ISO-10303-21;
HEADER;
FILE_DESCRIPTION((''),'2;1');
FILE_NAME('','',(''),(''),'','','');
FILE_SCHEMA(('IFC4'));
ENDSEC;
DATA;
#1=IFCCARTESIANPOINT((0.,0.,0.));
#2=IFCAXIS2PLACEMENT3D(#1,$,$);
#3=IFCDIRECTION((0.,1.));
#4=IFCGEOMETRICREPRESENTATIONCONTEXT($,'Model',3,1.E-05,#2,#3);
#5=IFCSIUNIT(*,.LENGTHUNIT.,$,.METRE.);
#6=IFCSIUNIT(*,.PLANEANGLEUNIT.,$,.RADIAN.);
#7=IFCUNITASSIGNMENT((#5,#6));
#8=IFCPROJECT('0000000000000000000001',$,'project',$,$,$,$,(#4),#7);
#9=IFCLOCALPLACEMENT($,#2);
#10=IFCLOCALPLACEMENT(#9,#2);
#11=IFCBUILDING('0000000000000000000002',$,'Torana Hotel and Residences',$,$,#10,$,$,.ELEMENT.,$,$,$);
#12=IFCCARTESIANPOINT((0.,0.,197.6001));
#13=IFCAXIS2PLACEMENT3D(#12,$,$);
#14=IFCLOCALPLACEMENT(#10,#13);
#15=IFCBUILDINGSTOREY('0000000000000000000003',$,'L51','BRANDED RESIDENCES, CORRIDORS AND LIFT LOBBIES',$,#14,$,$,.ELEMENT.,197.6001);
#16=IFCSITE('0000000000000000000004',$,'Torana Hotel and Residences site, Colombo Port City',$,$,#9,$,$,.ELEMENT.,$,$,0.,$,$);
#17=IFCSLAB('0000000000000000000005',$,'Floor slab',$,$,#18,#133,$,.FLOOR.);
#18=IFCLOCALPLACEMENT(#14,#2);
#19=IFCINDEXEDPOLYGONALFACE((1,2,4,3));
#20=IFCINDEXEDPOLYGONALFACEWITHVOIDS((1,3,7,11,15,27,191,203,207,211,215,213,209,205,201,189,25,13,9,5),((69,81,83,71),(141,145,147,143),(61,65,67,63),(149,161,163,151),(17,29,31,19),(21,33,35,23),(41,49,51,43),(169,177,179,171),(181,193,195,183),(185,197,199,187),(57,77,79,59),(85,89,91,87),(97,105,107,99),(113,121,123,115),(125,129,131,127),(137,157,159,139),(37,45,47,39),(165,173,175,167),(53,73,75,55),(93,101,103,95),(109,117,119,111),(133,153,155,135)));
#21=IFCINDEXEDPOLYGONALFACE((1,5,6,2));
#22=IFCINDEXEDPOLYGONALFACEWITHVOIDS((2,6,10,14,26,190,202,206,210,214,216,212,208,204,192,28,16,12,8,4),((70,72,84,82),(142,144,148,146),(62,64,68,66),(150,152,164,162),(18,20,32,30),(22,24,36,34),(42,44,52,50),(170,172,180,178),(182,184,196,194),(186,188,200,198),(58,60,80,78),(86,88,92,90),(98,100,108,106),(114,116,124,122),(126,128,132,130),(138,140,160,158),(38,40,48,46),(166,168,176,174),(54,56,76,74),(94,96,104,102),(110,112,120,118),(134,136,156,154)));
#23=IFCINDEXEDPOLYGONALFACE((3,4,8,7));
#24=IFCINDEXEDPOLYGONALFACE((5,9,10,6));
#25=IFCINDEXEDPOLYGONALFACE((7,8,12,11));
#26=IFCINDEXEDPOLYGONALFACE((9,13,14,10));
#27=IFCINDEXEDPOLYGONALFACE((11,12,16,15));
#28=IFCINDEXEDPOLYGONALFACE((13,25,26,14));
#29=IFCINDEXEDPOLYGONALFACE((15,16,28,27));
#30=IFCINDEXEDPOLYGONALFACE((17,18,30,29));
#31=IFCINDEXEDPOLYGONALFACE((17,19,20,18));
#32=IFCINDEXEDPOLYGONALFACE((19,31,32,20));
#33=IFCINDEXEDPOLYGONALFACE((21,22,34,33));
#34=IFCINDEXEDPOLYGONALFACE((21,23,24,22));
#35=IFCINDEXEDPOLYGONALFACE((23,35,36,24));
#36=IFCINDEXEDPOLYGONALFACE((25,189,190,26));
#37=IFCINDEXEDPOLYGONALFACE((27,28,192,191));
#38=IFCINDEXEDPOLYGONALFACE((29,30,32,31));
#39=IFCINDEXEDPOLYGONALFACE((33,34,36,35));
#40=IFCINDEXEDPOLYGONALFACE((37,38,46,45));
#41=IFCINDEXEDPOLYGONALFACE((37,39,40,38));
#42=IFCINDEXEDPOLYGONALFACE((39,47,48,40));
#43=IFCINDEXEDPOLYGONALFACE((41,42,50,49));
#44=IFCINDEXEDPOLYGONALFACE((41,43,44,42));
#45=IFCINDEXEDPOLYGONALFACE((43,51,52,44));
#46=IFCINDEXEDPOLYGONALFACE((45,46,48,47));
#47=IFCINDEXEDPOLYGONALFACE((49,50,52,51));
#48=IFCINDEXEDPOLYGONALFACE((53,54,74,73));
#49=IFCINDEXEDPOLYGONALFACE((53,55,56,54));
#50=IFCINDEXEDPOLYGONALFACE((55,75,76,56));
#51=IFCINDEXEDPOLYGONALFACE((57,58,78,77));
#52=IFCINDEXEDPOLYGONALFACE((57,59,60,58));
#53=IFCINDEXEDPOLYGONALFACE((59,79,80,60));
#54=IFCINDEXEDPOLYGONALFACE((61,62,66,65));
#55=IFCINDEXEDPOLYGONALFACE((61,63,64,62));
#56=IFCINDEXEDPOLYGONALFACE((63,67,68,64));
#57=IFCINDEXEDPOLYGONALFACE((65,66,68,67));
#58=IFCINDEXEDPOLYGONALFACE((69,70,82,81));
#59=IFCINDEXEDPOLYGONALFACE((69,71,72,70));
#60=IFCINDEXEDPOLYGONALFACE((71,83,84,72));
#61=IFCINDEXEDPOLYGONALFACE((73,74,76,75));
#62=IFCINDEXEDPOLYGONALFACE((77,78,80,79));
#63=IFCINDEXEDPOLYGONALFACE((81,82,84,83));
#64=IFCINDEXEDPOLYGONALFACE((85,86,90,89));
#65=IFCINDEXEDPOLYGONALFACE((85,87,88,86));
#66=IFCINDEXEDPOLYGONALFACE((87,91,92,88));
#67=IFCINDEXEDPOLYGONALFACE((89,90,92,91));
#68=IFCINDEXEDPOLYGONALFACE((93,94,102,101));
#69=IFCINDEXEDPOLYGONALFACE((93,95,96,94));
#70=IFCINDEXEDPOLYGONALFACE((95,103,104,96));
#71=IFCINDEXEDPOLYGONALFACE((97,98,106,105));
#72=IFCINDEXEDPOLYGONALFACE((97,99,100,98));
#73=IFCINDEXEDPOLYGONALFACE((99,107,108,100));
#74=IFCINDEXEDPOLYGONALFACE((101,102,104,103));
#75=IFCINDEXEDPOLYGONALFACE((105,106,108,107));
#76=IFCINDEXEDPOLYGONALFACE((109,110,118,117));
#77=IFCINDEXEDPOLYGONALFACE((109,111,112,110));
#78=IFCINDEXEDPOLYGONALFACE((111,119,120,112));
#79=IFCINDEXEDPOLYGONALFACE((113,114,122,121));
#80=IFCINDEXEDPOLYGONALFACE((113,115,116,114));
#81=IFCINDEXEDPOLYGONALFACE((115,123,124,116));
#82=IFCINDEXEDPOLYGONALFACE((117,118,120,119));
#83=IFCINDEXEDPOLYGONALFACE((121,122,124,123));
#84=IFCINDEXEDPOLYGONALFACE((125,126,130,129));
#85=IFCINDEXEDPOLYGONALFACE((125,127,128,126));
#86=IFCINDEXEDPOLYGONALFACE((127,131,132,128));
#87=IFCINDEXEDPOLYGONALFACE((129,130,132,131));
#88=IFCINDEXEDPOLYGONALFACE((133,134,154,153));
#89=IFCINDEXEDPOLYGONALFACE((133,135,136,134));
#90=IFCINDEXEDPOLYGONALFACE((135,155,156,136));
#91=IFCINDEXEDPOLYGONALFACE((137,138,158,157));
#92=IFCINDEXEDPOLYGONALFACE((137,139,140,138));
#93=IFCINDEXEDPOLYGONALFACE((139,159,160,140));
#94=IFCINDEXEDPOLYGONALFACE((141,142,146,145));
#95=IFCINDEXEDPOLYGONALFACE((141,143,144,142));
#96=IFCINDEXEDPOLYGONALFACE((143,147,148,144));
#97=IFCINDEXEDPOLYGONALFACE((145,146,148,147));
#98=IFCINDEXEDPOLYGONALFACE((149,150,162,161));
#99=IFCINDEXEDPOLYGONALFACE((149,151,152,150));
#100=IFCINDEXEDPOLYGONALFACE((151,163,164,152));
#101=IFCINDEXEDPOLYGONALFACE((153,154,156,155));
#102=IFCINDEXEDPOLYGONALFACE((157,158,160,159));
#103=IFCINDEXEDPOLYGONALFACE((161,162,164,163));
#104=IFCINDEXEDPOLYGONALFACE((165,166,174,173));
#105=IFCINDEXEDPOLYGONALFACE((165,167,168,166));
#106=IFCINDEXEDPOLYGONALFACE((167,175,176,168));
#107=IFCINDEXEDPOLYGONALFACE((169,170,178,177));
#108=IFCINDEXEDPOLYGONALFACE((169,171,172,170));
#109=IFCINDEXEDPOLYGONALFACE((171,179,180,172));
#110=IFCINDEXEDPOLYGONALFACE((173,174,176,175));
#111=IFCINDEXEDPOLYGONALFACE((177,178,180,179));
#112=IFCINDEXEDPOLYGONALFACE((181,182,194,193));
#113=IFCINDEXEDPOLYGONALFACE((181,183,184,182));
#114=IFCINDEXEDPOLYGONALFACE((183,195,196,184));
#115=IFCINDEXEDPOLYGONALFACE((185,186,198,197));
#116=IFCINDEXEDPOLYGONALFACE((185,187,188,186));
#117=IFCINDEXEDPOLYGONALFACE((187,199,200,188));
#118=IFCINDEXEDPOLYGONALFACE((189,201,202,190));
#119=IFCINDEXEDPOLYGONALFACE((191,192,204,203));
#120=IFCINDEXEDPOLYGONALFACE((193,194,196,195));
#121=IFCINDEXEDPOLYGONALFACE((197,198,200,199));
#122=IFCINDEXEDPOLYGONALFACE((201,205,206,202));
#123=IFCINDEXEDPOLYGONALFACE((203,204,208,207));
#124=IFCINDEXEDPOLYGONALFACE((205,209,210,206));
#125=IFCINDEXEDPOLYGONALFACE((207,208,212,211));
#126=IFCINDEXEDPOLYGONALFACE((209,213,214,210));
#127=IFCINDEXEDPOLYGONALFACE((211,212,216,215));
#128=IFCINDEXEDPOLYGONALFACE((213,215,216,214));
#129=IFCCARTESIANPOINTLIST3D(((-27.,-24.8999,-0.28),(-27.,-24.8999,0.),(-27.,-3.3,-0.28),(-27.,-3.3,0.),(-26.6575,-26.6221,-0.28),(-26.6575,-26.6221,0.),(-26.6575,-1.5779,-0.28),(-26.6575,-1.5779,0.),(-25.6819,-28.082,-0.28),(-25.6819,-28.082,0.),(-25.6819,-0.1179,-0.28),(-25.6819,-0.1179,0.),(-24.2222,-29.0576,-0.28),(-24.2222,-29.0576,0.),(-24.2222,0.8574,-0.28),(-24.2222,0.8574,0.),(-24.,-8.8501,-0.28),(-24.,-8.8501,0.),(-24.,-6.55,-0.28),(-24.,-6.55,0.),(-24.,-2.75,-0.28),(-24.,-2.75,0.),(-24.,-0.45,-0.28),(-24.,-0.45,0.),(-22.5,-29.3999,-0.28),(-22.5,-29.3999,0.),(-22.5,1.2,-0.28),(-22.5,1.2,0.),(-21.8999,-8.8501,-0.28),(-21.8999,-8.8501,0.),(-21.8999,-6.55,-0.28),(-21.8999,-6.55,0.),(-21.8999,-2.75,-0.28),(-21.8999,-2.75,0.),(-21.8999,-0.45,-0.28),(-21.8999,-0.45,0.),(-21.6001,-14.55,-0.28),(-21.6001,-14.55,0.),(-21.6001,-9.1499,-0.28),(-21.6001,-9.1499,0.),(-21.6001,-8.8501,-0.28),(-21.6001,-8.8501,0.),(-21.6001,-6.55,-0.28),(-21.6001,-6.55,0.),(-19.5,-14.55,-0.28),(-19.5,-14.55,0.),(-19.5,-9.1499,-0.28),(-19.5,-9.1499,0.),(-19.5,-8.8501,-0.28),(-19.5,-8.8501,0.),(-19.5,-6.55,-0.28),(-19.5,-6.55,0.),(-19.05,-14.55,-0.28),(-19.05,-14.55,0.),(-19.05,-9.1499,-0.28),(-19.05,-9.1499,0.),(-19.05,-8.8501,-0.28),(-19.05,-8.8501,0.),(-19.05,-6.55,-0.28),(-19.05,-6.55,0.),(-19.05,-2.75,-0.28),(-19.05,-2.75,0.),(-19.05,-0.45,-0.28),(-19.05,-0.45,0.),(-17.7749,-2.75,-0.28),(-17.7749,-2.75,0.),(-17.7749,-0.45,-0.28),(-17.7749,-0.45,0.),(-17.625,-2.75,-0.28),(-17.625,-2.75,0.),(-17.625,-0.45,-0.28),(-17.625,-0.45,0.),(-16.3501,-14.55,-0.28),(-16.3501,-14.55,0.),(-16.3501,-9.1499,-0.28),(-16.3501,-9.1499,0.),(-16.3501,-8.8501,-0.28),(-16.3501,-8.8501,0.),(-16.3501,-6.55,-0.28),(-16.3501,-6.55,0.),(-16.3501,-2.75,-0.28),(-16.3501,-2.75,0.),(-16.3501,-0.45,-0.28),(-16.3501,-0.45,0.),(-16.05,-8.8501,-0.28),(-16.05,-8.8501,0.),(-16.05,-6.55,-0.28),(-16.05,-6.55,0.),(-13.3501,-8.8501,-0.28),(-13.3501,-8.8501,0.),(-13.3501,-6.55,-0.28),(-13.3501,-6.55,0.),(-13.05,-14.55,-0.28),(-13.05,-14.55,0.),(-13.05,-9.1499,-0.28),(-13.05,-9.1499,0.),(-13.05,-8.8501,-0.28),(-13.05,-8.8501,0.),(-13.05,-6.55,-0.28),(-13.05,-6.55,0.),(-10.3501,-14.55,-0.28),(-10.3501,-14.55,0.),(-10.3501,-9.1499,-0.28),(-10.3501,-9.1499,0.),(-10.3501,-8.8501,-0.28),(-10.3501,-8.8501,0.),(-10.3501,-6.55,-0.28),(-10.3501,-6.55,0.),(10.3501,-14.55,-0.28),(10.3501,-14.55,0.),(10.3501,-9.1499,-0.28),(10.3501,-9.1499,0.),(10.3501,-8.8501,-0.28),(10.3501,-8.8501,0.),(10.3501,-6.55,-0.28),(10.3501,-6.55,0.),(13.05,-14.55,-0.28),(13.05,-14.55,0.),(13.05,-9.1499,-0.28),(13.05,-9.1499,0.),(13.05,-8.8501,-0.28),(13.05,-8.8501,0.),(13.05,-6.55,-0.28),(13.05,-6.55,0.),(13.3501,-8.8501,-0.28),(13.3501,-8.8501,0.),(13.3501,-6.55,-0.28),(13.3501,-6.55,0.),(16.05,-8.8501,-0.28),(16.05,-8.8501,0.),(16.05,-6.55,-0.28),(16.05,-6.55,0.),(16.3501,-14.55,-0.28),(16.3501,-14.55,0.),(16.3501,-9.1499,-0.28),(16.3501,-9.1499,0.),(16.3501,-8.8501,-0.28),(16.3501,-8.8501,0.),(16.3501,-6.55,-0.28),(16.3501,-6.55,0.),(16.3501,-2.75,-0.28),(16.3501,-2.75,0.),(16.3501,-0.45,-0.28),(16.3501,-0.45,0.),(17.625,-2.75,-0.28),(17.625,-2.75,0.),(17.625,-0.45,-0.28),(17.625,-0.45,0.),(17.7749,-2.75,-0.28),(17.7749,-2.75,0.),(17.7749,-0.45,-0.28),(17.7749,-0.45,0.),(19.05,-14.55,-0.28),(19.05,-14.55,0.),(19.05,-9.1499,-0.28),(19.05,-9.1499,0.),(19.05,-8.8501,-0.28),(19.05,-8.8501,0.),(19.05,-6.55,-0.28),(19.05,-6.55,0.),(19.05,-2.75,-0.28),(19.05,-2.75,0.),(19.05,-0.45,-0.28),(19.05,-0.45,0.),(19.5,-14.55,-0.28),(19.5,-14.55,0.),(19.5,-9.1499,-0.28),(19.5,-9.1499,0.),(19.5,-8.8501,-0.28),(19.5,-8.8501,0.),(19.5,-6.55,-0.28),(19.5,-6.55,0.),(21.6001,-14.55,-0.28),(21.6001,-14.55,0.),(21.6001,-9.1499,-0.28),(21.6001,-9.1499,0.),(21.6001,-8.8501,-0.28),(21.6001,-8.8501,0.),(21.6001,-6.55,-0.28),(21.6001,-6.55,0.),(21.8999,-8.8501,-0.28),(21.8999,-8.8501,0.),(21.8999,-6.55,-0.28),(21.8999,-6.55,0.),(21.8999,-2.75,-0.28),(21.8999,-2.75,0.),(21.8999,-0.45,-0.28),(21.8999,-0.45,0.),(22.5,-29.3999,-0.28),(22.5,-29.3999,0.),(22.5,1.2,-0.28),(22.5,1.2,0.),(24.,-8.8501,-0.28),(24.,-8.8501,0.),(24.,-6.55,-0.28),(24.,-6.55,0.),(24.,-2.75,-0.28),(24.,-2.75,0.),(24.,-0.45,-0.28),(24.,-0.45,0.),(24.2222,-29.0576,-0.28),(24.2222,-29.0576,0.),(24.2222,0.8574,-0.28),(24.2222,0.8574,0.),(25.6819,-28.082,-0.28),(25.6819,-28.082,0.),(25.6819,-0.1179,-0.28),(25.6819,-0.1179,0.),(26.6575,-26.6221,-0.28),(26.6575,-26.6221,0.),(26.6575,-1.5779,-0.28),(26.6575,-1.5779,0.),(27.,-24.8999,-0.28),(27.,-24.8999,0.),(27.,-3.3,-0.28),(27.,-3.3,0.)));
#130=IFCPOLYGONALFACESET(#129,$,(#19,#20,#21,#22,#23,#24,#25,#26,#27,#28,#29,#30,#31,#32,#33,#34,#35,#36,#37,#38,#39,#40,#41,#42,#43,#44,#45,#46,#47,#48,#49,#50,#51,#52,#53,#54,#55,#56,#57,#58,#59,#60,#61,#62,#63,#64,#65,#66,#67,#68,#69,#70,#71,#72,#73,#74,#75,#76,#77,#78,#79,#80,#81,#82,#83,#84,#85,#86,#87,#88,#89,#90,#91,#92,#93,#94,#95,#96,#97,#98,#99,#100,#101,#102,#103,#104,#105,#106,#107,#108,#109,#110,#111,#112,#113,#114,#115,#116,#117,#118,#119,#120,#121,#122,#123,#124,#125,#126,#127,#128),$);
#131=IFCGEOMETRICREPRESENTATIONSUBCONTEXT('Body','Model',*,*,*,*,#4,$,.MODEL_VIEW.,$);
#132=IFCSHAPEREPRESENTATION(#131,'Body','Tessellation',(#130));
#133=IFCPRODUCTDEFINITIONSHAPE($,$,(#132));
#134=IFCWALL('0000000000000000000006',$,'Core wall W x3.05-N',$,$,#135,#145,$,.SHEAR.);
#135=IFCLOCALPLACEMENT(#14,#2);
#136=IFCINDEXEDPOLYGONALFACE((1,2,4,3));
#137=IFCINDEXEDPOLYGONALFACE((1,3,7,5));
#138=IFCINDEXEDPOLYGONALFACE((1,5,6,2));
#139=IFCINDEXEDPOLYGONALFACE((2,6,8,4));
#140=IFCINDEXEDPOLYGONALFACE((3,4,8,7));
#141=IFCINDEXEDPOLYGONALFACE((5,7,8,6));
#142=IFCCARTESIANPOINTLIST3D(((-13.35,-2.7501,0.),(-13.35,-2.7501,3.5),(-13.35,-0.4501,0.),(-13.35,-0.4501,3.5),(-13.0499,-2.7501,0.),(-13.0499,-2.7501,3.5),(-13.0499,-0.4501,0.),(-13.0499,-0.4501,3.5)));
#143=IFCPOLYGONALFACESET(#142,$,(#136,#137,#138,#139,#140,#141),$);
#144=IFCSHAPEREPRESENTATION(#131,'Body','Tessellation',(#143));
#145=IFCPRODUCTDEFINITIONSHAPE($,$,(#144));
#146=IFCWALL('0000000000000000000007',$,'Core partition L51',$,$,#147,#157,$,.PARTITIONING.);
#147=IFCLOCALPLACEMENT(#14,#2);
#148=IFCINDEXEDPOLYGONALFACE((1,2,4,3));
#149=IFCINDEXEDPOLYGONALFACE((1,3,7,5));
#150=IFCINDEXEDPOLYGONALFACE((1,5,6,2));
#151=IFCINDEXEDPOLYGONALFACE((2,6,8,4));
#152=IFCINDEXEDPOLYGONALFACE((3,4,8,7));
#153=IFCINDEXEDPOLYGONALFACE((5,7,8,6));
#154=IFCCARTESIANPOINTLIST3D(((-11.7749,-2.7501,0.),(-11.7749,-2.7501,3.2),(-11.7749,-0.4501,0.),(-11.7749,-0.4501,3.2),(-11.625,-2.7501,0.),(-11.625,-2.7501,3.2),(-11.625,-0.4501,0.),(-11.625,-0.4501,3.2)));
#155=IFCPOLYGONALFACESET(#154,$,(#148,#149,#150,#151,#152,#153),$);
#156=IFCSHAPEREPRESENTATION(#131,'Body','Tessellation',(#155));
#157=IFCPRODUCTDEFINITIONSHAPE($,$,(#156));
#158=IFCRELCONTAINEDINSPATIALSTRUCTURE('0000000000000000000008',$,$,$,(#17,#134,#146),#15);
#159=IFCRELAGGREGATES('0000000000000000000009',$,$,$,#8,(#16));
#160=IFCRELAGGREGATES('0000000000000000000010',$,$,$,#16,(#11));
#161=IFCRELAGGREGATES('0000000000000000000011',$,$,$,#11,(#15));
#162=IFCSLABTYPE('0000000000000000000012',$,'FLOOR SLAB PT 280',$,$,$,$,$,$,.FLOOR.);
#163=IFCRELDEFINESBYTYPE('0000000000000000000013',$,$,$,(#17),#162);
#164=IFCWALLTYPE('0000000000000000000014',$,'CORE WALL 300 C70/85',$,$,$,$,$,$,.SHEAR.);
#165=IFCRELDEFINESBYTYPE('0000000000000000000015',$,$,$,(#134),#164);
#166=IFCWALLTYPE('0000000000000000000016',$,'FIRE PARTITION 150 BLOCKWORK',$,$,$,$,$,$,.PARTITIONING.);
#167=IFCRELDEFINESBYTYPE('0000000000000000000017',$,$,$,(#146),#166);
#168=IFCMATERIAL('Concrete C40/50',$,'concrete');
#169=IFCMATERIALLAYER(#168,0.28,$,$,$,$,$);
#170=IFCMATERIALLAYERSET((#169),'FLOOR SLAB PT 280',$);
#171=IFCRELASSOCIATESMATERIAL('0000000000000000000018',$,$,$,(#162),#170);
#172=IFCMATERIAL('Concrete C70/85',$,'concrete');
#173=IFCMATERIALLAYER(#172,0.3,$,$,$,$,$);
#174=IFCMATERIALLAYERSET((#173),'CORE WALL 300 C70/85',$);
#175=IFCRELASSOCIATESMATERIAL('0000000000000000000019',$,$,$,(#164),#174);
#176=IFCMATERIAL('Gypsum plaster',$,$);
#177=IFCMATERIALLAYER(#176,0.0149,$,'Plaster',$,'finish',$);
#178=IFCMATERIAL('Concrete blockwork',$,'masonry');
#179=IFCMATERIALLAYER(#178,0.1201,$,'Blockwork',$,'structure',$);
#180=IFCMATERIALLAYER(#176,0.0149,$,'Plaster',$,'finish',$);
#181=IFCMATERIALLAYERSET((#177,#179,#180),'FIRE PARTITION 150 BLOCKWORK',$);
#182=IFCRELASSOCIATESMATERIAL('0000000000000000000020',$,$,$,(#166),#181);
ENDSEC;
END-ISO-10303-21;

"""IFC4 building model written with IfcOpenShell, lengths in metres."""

from ifc_helpers import new_model, si_unit, direction, frame, frame_2d, origin, place, context, subcontext, project, spatial, polyline, rectangle, outline, extrude, material, layer, layer_set, type_object, element, save


model = new_model("IFC4")

# Units and contexts
model_context = context("Model", 3, precision=1e-05, world=origin(), true_north=direction((0.0, 1.0)))
body_context = subcontext(model_context, "Body", "Model", "MODEL_VIEW")
ifc_project = project(units=[si_unit("LENGTHUNIT", "METRE"), si_unit("PLANEANGLEUNIT", "RADIAN")], contexts=[model_context])

# Site, building, storey
site_placement = place(None, origin())
site = spatial("IfcSite", under=ifc_project, at=site_placement, Name="Torana Hotel and Residences site, Colombo Port City", CompositionType="ELEMENT", RefElevation=0.0)
building_placement = place(site_placement, origin())
building = spatial("IfcBuilding", under=site, at=building_placement, Name="Torana Hotel and Residences", CompositionType="ELEMENT")
storey_placement = place(building_placement, frame((0.0, 0.0, 197.6001)))
storey = spatial("IfcBuildingStorey", under=building, at=storey_placement, Name="L51", Description="BRANDED RESIDENCES, CORRIDORS AND LIFT LOBBIES", CompositionType="ELEMENT", Elevation=197.6001)

# Slab
ifc_material_1 = material(Name="Concrete C40/50", Category="concrete")
ifc_layer_1 = layer(ifc_material_1, 0.28)
ifc_layer_set_1 = layer_set([ifc_layer_1], Name="FLOOR SLAB PT 280")
slab_type_1 = type_object("IfcSlabType", Name="FLOOR SLAB PT 280", PredefinedType="FLOOR", material=ifc_layer_set_1)
slab_1_placement = place(storey_placement, frame((0.0, 0.0, -0.28)))
element("IfcSlab", 1, at=slab_1_placement, inside=storey, type_object=slab_type_1, Name="Floor slab", PredefinedType="FLOOR", context=body_context, shape_type="SweptSolid", body=[
    extrude(outline(polyline([(27.0, -3.3), (26.6575, -1.5779), (25.6819, -0.1179), (24.2222, 0.8574), (22.5, 1.2), (-22.5, 1.2), (-24.2222, 0.8574), (-25.6819, -0.1179), (-26.6575, -1.5779), (-27.0, -3.3), (-27.0, -24.8999), (-26.6575, -26.6221), (-25.6819, -28.082), (-24.2222, -29.0576), (-22.5, -29.3999), (22.5, -29.3999), (24.2222, -29.0576), (25.6819, -28.082), (26.6575, -26.6221), (27.0, -24.8999), (27.0, -3.3)]), holes=[polyline([(-13.05, -14.55), (-10.3501, -14.55), (-10.3501, -9.1499), (-13.05, -9.1499), (-13.05, -14.55)]), polyline([(-19.05, -14.55), (-16.3501, -14.55), (-16.3501, -9.1499), (-19.05, -9.1499), (-19.05, -14.55)]), polyline([(-17.625, -2.75), (-16.3501, -2.75), (-16.3501, -0.45), (-17.625, -0.45), (-17.625, -2.75)]), polyline([(-19.05, -2.75), (-17.7749, -2.75), (-17.7749, -0.45), (-19.05, -0.45), (-19.05, -2.75)]), polyline([(-21.6001, -8.8501), (-19.5, -8.8501), (-19.5, -6.55), (-21.6001, -6.55), (-21.6001, -8.8501)]), polyline([(-24.0, -2.75), (-21.8999, -2.75), (-21.8999, -0.45), (-24.0, -0.45), (-24.0, -2.75)]), polyline([(-24.0, -8.8501), (-21.8999, -8.8501), (-21.8999, -6.55), (-24.0, -6.55), (-24.0, -8.8501)]), polyline([(-13.05, -8.8501), (-10.3501, -8.8501), (-10.3501, -6.55), (-13.05, -6.55), (-13.05, -8.8501)]), polyline([(-16.05, -8.8501), (-13.3501, -8.8501), (-13.3501, -6.55), (-16.05, -6.55), (-16.05, -8.8501)]), polyline([(-19.05, -8.8501), (-16.3501, -8.8501), (-16.3501, -6.55), (-19.05, -6.55), (-19.05, -8.8501)]), polyline([(-21.6001, -14.55), (-19.5, -14.55), (-19.5, -9.1499), (-21.6001, -9.1499), (-21.6001, -14.55)]), polyline([(10.3501, -14.55), (13.05, -14.55), (13.05, -9.1499), (10.3501, -9.1499), (10.3501, -14.55)]), polyline([(16.3501, -14.55), (19.05, -14.55), (19.05, -9.1499), (16.3501, -9.1499), (16.3501, -14.55)]), polyline([(16.3501, -2.75), (17.625, -2.75), (17.625, -0.45), (16.3501, -0.45), (16.3501, -2.75)]), polyline([(17.7749, -2.75), (19.05, -2.75), (19.05, -0.45), (17.7749, -0.45), (17.7749, -2.75)]), polyline([(19.5, -8.8501), (21.6001, -8.8501), (21.6001, -6.55), (19.5, -6.55), (19.5, -8.8501)]), polyline([(21.8999, -2.75), (24.0, -2.75), (24.0, -0.45), (21.8999, -0.45), (21.8999, -2.75)]), polyline([(21.8999, -8.8501), (24.0, -8.8501), (24.0, -6.55), (21.8999, -6.55), (21.8999, -8.8501)]), polyline([(10.3501, -8.8501), (13.05, -8.8501), (13.05, -6.55), (10.3501, -6.55), (10.3501, -8.8501)]), polyline([(13.3501, -8.8501), (16.05, -8.8501), (16.05, -6.55), (13.3501, -6.55), (13.3501, -8.8501)]), polyline([(16.3501, -8.8501), (19.05, -8.8501), (19.05, -6.55), (16.3501, -6.55), (16.3501, -8.8501)]), polyline([(19.5, -14.55), (21.6001, -14.55), (21.6001, -9.1499), (19.5, -9.1499), (19.5, -14.55)])]), origin(), (0.0, 0.0, 1.0), 0.28),
])

# Walls
ifc_material_2 = material(Name="Concrete C70/85", Category="concrete")
ifc_layer_2 = layer(ifc_material_2, 0.3)
ifc_layer_set_2 = layer_set([ifc_layer_2], Name="CORE WALL 300 C70/85")
wall_type_1 = type_object("IfcWallType", Name="CORE WALL 300 C70/85", PredefinedType="SHEAR", material=ifc_layer_set_2)
wall_1_placement = place(storey_placement, frame((-13.2, -2.75, 0.0), z_axis=(0.0, 0.0, 1.0), x_axis=(0.0, 1.0, 0.0)))
element("IfcWall", 2, at=wall_1_placement, inside=storey, type_object=wall_type_1, Name="Core wall W x3.05-N", PredefinedType="SHEAR", context=body_context, shape_type="SweptSolid", body=[
    extrude(rectangle(XDim=2.3, YDim=0.3, at=frame_2d((1.1499, 0.0))), origin(), (0.0, 0.0, 1.0), 3.5),
])
ifc_material_3 = material(Name="Gypsum plaster")
ifc_layer_3 = layer(ifc_material_3, 0.0149, Name="Plaster", Category="finish")
ifc_material_4 = material(Name="Concrete blockwork", Category="masonry")
ifc_layer_4 = layer(ifc_material_4, 0.1201, Name="Blockwork", Category="structure")
ifc_layer_5 = layer(ifc_material_3, 0.0149, Name="Plaster", Category="finish")
ifc_layer_set_3 = layer_set([ifc_layer_3, ifc_layer_4, ifc_layer_5], Name="FIRE PARTITION 150 BLOCKWORK")
wall_type_2 = type_object("IfcWallType", Name="FIRE PARTITION 150 BLOCKWORK", PredefinedType="PARTITIONING", material=ifc_layer_set_3)
wall_2_placement = place(storey_placement, frame((-11.7, -2.75, 0.0), z_axis=(0.0, 0.0, 1.0), x_axis=(0.0, 1.0, 0.0)))
element("IfcWall", 3, at=wall_2_placement, inside=storey, type_object=wall_type_2, Name="Core partition L51", PredefinedType="PARTITIONING", context=body_context, shape_type="SweptSolid", body=[
    extrude(rectangle(XDim=2.3, YDim=0.1499, at=frame_2d((1.1499, 0.0))), origin(), (0.0, 0.0, 1.0), 3.2),
])

save(model, "model.ifc")
